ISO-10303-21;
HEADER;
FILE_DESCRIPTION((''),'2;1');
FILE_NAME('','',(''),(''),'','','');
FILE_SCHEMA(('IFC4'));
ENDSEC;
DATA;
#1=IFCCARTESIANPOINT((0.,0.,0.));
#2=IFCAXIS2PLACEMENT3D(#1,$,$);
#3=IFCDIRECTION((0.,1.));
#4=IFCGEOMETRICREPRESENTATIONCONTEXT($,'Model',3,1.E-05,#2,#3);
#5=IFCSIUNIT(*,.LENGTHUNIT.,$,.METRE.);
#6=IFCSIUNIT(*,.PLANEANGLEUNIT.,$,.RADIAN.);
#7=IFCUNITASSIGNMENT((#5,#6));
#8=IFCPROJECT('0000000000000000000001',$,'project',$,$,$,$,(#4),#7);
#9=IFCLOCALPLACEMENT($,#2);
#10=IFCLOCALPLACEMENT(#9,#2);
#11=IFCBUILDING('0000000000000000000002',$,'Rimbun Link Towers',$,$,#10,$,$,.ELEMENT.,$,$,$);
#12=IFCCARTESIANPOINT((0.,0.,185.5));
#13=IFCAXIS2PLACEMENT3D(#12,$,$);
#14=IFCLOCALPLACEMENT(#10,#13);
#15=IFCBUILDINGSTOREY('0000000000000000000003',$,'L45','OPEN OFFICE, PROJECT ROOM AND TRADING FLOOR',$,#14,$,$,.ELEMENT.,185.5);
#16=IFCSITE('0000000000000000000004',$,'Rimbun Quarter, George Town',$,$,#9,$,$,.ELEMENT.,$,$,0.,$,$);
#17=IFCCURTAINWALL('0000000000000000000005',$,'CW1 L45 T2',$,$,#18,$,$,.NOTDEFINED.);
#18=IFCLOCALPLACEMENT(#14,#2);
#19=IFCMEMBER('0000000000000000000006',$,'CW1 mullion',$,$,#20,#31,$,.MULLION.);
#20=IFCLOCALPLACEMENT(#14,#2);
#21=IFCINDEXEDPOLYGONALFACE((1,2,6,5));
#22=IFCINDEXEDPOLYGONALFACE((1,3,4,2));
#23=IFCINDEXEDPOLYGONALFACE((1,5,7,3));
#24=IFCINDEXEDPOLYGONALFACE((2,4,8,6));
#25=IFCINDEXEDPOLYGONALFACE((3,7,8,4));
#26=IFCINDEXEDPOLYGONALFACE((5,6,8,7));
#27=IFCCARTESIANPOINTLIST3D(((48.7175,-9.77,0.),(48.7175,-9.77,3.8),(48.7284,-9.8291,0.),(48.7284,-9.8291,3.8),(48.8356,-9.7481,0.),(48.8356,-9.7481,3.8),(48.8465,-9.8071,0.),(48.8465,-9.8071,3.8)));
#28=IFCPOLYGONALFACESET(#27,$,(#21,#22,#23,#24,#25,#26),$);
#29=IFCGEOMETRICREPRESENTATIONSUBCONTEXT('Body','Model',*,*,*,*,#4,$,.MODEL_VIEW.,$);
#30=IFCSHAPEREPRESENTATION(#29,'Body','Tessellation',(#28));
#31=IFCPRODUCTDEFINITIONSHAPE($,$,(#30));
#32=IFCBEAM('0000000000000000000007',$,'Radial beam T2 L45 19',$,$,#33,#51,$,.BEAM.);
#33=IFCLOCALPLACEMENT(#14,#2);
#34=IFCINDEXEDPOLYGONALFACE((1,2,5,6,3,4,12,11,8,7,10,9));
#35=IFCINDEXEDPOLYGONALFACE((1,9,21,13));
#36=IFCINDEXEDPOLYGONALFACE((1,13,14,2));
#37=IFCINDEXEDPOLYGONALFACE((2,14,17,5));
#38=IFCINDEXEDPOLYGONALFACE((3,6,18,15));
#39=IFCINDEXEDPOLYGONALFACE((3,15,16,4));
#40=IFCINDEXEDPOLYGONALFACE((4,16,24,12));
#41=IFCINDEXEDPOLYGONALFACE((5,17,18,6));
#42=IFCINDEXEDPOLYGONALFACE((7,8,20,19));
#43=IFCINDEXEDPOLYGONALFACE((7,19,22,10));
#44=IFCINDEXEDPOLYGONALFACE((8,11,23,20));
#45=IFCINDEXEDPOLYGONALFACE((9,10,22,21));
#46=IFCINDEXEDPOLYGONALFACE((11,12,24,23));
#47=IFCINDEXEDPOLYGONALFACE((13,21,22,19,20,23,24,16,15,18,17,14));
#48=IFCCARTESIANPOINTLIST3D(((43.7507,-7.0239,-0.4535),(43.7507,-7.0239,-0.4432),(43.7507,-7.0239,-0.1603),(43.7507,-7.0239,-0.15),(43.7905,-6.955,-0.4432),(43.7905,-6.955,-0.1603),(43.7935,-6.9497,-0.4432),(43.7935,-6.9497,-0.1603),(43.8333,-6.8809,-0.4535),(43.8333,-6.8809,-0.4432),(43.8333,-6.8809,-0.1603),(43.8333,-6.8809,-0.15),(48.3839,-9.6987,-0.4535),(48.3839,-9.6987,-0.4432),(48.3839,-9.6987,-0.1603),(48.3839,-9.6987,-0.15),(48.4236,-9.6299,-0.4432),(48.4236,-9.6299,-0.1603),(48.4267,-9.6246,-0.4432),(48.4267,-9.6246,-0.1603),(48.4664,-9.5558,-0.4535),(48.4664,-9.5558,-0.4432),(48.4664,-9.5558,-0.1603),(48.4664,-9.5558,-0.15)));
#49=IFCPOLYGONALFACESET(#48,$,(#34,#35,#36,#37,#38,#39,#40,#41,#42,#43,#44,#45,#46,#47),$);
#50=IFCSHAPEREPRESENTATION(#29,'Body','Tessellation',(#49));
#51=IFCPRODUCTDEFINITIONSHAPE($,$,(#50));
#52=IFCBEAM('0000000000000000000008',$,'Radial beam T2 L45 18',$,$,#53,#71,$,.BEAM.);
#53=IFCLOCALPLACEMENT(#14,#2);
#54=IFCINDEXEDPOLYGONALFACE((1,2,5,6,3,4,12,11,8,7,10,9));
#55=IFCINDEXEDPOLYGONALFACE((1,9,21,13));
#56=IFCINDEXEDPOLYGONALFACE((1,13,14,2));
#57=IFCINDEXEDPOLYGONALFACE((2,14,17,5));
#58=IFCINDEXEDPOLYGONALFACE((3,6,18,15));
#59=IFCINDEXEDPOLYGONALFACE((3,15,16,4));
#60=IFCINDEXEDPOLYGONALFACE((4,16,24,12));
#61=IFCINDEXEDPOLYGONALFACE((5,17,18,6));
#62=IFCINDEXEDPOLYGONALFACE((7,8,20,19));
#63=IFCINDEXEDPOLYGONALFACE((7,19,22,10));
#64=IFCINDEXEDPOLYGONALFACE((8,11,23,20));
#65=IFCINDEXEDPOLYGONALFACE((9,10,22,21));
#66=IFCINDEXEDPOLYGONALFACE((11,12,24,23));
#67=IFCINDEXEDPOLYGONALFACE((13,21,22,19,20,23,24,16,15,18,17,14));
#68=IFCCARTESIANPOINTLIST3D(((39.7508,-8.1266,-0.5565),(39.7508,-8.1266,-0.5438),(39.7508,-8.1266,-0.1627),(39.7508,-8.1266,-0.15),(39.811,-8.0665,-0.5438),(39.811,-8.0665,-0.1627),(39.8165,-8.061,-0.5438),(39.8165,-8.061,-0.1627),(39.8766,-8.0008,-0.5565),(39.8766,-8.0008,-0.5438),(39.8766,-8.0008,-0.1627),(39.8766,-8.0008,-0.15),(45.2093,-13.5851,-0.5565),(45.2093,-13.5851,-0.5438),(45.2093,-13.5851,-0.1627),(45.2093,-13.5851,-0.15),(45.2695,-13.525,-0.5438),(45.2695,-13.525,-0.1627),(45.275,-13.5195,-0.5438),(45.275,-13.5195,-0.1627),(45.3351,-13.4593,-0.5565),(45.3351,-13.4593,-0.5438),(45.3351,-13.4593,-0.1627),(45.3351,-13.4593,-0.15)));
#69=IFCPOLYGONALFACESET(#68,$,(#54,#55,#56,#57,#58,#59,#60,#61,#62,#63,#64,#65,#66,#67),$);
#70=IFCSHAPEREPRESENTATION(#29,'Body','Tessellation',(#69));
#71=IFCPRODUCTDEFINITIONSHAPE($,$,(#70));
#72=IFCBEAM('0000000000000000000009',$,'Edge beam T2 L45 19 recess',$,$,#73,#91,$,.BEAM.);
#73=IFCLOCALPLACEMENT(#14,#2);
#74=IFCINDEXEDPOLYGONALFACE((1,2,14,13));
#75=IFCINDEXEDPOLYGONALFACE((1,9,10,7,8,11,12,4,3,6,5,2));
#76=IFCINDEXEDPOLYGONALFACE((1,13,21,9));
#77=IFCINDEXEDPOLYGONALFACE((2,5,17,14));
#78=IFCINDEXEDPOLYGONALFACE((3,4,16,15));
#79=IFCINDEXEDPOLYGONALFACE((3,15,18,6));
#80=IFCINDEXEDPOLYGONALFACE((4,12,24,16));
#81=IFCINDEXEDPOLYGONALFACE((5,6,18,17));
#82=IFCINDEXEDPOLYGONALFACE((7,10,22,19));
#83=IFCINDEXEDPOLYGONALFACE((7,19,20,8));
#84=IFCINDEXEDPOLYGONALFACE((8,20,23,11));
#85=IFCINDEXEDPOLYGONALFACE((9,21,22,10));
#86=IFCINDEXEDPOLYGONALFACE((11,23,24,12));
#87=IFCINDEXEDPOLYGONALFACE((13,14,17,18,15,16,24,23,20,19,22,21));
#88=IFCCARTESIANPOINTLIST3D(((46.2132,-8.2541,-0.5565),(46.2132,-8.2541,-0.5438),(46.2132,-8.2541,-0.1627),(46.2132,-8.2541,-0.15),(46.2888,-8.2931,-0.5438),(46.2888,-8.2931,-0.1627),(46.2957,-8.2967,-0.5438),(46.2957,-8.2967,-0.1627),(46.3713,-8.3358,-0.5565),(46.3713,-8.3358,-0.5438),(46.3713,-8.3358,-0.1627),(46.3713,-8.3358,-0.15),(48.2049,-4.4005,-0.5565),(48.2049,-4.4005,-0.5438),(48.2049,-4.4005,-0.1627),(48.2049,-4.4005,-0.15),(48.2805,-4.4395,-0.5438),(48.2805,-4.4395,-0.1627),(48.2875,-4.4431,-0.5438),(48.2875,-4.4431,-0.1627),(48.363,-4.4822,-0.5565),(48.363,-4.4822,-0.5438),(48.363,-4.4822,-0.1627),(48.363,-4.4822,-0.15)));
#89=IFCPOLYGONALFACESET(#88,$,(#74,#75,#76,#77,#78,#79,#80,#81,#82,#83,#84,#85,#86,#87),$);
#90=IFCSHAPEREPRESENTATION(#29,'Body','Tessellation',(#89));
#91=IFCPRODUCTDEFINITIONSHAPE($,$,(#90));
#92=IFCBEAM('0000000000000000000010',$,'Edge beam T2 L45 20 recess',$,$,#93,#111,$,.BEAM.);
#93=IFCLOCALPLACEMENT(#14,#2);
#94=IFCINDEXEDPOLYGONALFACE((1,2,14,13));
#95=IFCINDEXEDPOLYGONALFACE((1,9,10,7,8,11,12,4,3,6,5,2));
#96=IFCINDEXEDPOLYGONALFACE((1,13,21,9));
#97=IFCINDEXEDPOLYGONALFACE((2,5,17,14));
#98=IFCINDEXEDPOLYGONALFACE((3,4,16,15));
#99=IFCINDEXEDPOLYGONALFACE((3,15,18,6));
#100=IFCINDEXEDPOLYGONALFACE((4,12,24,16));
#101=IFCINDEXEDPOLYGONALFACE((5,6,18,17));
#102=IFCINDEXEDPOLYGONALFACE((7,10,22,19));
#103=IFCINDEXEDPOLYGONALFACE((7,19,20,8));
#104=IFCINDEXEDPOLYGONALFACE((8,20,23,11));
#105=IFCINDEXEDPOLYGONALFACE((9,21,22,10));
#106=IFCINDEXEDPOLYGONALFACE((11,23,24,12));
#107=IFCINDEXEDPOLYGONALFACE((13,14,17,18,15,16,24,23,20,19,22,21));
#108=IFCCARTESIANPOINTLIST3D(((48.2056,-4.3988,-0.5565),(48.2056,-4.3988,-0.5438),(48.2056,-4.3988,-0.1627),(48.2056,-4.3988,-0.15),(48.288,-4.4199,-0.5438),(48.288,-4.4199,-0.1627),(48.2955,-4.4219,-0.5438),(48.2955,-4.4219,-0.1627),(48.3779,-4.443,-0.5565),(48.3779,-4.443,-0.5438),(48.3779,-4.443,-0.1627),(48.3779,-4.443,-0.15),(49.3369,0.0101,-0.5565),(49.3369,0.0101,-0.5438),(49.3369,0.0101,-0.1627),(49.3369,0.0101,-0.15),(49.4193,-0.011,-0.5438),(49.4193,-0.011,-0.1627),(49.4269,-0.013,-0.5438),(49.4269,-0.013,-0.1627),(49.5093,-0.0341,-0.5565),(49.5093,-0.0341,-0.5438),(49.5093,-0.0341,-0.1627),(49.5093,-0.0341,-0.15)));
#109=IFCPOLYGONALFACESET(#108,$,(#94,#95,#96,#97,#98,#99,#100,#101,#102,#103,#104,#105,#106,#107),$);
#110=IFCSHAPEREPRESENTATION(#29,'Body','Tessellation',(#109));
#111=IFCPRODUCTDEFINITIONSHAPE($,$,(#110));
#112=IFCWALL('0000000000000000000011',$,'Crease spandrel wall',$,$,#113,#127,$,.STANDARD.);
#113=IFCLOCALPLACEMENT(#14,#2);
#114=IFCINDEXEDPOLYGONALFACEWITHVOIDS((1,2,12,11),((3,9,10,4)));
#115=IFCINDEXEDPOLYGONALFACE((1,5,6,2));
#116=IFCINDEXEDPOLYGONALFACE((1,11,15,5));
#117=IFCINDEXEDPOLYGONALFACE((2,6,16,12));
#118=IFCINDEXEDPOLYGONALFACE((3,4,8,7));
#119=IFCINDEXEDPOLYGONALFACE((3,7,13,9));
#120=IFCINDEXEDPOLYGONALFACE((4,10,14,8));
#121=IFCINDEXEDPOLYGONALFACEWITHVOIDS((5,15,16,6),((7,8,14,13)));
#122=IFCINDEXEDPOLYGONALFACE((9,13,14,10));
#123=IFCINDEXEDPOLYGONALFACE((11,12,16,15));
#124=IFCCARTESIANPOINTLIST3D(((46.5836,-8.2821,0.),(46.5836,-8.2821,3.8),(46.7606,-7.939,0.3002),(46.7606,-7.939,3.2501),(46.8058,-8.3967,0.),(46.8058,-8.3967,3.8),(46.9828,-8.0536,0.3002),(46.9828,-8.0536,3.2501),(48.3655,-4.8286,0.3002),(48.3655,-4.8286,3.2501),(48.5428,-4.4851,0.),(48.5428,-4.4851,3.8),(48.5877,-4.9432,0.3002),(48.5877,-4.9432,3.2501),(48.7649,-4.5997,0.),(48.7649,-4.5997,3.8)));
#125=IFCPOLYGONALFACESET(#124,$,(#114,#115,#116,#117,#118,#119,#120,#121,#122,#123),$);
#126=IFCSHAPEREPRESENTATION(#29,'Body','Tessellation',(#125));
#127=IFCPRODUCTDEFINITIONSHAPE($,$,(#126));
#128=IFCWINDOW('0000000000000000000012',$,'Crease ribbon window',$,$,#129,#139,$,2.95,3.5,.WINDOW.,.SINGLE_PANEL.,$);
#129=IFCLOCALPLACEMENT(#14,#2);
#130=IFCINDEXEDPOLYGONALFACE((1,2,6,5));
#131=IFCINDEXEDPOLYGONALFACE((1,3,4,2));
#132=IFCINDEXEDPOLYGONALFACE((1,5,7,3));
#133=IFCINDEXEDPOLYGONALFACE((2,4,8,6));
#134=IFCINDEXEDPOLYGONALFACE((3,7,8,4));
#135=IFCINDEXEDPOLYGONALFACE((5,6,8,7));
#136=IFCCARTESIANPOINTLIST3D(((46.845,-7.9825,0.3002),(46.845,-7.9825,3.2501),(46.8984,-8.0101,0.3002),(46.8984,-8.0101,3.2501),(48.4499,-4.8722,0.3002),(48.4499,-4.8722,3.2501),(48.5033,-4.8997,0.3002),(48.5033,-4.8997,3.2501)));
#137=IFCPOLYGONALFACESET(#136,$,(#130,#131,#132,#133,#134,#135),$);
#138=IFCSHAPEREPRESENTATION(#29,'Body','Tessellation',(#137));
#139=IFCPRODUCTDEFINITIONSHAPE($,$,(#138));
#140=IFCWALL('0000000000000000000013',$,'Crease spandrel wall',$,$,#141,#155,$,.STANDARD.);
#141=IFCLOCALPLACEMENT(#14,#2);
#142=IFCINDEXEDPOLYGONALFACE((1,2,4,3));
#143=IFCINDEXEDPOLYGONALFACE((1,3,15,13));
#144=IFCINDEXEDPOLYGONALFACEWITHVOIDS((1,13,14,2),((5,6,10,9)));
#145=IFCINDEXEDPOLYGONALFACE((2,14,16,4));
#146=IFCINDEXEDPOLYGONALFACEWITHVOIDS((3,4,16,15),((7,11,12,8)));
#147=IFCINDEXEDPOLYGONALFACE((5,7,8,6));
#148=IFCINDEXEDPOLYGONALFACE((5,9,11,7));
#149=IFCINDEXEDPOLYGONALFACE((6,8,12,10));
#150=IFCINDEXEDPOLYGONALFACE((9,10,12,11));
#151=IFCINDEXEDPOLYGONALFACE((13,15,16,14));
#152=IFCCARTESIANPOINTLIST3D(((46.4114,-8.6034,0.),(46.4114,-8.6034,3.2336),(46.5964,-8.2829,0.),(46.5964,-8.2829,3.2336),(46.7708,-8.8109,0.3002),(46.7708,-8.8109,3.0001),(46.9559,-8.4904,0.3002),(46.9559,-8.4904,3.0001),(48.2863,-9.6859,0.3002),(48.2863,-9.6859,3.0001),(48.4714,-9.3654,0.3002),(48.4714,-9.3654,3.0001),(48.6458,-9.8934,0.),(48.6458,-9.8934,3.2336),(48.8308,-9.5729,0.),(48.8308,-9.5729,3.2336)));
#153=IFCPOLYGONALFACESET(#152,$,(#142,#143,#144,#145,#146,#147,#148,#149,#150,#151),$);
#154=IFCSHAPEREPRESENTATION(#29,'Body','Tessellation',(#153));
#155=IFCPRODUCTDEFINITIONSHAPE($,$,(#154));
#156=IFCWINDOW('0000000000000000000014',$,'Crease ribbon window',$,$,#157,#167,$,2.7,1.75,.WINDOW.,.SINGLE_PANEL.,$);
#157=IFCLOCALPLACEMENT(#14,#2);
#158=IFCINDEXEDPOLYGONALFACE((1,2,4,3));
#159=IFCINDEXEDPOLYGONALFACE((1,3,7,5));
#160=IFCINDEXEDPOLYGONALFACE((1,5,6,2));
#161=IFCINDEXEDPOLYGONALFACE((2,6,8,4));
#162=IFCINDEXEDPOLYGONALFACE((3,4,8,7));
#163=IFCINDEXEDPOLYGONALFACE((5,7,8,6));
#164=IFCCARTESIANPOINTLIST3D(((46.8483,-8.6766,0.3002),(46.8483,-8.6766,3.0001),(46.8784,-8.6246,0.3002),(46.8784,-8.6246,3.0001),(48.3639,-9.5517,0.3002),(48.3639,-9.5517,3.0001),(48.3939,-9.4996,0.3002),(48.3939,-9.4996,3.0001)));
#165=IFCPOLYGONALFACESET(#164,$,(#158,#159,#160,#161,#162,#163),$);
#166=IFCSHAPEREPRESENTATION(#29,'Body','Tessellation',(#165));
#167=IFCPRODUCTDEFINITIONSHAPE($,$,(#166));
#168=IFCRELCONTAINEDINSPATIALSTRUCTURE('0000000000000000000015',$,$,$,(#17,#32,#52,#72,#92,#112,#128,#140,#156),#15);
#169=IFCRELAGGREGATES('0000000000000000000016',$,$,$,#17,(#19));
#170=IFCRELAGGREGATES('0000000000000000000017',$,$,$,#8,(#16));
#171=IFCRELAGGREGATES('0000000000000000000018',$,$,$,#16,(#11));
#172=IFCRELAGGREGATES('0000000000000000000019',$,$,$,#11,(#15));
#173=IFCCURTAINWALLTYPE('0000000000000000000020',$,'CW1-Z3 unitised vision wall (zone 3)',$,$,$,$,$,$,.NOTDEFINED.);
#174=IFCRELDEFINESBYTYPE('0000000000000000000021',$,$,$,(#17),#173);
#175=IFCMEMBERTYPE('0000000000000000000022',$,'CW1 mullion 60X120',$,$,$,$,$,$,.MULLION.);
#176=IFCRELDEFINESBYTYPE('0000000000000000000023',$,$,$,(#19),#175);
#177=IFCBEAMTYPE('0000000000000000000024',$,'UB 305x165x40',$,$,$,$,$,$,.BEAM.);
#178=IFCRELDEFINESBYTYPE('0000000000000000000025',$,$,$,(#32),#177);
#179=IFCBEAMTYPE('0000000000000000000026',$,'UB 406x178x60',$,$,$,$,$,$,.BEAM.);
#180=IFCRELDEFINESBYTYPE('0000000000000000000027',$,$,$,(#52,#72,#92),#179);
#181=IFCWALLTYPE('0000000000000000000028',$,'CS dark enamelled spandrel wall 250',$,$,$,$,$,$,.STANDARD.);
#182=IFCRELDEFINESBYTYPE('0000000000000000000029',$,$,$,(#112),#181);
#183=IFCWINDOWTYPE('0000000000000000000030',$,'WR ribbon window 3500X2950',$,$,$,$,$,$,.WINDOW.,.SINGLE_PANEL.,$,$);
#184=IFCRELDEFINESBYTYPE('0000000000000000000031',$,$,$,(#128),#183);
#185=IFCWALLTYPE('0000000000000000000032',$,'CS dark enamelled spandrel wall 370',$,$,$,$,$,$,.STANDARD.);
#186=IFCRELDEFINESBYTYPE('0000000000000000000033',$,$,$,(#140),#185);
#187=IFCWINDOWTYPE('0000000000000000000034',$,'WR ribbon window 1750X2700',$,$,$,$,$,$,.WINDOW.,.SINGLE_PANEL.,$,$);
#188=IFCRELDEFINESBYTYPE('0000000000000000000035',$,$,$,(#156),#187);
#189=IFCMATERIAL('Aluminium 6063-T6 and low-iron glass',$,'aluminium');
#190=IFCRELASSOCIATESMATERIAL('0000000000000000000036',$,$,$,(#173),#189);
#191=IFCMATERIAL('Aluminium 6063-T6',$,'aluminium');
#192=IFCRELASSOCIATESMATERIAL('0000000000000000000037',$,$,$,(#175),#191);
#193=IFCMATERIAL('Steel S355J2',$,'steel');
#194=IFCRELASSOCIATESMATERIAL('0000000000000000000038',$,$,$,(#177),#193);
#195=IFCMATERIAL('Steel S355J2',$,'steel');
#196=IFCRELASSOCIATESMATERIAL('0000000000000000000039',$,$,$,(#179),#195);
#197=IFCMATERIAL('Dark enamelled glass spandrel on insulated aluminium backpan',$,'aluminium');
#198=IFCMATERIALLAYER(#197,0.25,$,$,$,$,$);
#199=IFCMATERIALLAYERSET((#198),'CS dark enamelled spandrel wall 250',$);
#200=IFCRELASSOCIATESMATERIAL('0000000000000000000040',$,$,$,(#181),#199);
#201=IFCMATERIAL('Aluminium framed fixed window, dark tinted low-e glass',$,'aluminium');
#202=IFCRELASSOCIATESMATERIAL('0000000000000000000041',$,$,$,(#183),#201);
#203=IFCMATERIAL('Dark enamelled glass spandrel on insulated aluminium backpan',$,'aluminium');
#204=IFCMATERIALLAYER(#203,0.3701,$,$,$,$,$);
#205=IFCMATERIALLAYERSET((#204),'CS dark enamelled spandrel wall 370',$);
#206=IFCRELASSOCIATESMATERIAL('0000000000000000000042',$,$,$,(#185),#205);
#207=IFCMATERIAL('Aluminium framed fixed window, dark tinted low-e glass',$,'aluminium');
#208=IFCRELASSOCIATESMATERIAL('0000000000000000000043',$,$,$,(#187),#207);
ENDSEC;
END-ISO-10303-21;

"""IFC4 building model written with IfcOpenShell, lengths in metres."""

from ifc_helpers import new_model, si_unit, direction, frame, frame_2d, origin, origin_2d, place, context, subcontext, project, spatial, rectangle, i_section, extrude, material, layer, layer_set, material_profile, profile_set, type_object, element, fill, aggregate, save


model = new_model("IFC4")

# Units and contexts
model_context = context("Model", 3, precision=1e-05, world=origin(), true_north=direction((0.0, 1.0)))
body_context = subcontext(model_context, "Body", "Model", "MODEL_VIEW")
ifc_project = project(units=[si_unit("LENGTHUNIT", "METRE"), si_unit("PLANEANGLEUNIT", "RADIAN")], contexts=[model_context])

# Site, building, storey
site_placement = place(None, origin())
site = spatial("IfcSite", under=ifc_project, at=site_placement, Name="Rimbun Quarter, George Town", CompositionType="ELEMENT", RefElevation=0.0)
building_placement = place(site_placement, origin())
building = spatial("IfcBuilding", under=site, at=building_placement, Name="Rimbun Link Towers", CompositionType="ELEMENT")
storey_placement = place(building_placement, frame((0.0, 0.0, 185.5)))
storey = spatial("IfcBuildingStorey", under=building, at=storey_placement, Name="L45", Description="OPEN OFFICE, PROJECT ROOM AND TRADING FLOOR", CompositionType="ELEMENT", Elevation=185.5)

# Curtain wall, member
ifc_material_1 = material(Name="Aluminium 6063-T6 and low-iron glass", Category="aluminium")
curtain_wall_type = type_object("IfcCurtainWallType", Name="CW1-Z3 unitised vision wall (zone 3)", PredefinedType="NOTDEFINED", material=ifc_material_1)
curtain_wall_placement = place(storey_placement, origin())
curtain_wall = element("IfcCurtainWall", 1, at=curtain_wall_placement, inside=storey, type_object=curtain_wall_type, Name="CW1 L45 T2", PredefinedType="NOTDEFINED")
ifc_material_2 = material(Name="Aluminium 6063-T6", Category="aluminium")
ifc_material_profile_1 = material_profile(ifc_material_2, rectangle(XDim=0.1201, YDim=0.0601, at=origin_2d()), Name="MULLION 60X120")
ifc_profile_set_1 = profile_set([ifc_material_profile_1], Name="Aluminium 6063-T6")
member_type = type_object("IfcMemberType", Name="CW1 mullion 60X120", PredefinedType="MULLION", material=ifc_profile_set_1)
member_placement = place(storey_placement, frame((48.782, -9.7886, 0.0), z_axis=(0.0, 0.0, 1.0), x_axis=(0.983236, 0.182339, 0.0)))
member = element("IfcMember", 2, at=member_placement, type_object=member_type, Name="CW1 mullion", PredefinedType="MULLION", context=body_context, shape_type="SweptSolid", body=[
    extrude(rectangle(XDim=0.1201, YDim=0.0601, at=origin_2d()), origin(), (0.0, 0.0, 1.0), 3.8),
])
aggregate(curtain_wall, [member])

# Beams
ifc_material_3 = material(Name="Steel S355J2", Category="steel")
ifc_material_profile_2 = material_profile(ifc_material_3, i_section(OverallWidth=0.165, OverallDepth=0.3035, WebThickness=0.0061, FlangeThickness=0.0103, at=origin_2d()), Name="UB 305x165x40")
ifc_profile_set_2 = profile_set([ifc_material_profile_2], Name="Steel S355J2")
beam_type_1 = type_object("IfcBeamType", Name="UB 305x165x40", PredefinedType="BEAM", material=ifc_profile_set_2)
beam_1_placement = place(storey_placement, frame((43.792, -6.9524, -0.3018), z_axis=(0.866033, -0.499987, 0.0), x_axis=(0.499987, 0.866033, 0.0)))
element("IfcBeam", 3, at=beam_1_placement, inside=storey, type_object=beam_type_1, Name="Radial beam T2 L45 19", PredefinedType="BEAM", context=body_context, shape_type="SweptSolid", body=[
    extrude(i_section(OverallWidth=0.165, OverallDepth=0.3035, WebThickness=0.0061, FlangeThickness=0.0103, at=origin_2d()), origin(), (0.0, 0.0, 1.0), 5.3499),
])
ifc_material_4 = material(Name="Steel S355J2", Category="steel")
ifc_material_profile_3 = material_profile(ifc_material_4, i_section(OverallWidth=0.178, OverallDepth=0.4065, WebThickness=0.0078, FlangeThickness=0.0127, at=origin_2d()), Name="UB 406x178x60")
ifc_profile_set_3 = profile_set([ifc_material_profile_3], Name="Steel S355J2")
beam_type_2 = type_object("IfcBeamType", Name="UB 406x178x60", PredefinedType="BEAM", material=ifc_profile_set_3)
beam_2_placement = place(storey_placement, frame((39.8137, -8.0637, -0.3533), z_axis=(0.707107, -0.707107, 0.0), x_axis=(0.707107, 0.707107, 0.0)))
element("IfcBeam", 4, at=beam_2_placement, inside=storey, type_object=beam_type_2, Name="Radial beam T2 L45 18", PredefinedType="BEAM", context=body_context, shape_type="SweptSolid", body=[
    extrude(i_section(OverallWidth=0.178, OverallDepth=0.4065, WebThickness=0.0078, FlangeThickness=0.0127, at=origin_2d()), origin(), (0.0, 0.0, 1.0), 7.7195),
])
beam_3_placement = place(storey_placement, frame((46.2922, -8.2949, -0.3533), z_axis=(0.45915, 0.888359, 0.0), x_axis=(-0.888359, 0.45915, 0.0)))
element("IfcBeam", 5, at=beam_3_placement, inside=storey, type_object=beam_type_2, Name="Edge beam T2 L45 19 recess", PredefinedType="BEAM", context=body_context, shape_type="SweptSolid", body=[
    extrude(i_section(OverallWidth=0.178, OverallDepth=0.4065, WebThickness=0.0078, FlangeThickness=0.0127, at=origin_2d()), origin(), (0.0, 0.0, 1.0), 4.3379),
])
beam_4_placement = place(storey_placement, frame((48.2917, -4.4209, -0.3533), z_axis=(0.248551, 0.968619, 0.0), x_axis=(-0.968619, 0.248551, 0.0)))
element("IfcBeam", 6, at=beam_4_placement, inside=storey, type_object=beam_type_2, Name="Edge beam T2 L45 20 recess", PredefinedType="BEAM", context=body_context, shape_type="SweptSolid", body=[
    extrude(i_section(OverallWidth=0.178, OverallDepth=0.4065, WebThickness=0.0078, FlangeThickness=0.0127, at=origin_2d()), origin(), (0.0, 0.0, 1.0), 4.5518),
])

# Walls, openings, windows
ifc_material_5 = material(Name="Dark enamelled glass spandrel on insulated aluminium backpan", Category="aluminium")
ifc_layer_1 = layer(ifc_material_5, 0.25)
ifc_layer_set_1 = layer_set([ifc_layer_1], Name="CS dark enamelled spandrel wall 250")
wall_type_1 = type_object("IfcWallType", Name="CS dark enamelled spandrel wall 250", PredefinedType="STANDARD", material=ifc_layer_set_1)
wall_1_placement = place(storey_placement, frame((48.6538, -4.5425, 0.0), z_axis=(0.0, 0.0, 1.0), x_axis=(-0.458537, -0.888675, 0.0)))
wall_1 = element("IfcWall", 7, at=wall_1_placement, inside=storey, type_object=wall_type_1, Name="Crease spandrel wall", PredefinedType="STANDARD", context=body_context, shape_type="SweptSolid", body=[
    extrude(rectangle(XDim=4.2727, YDim=0.25, at=frame_2d((2.1362, 0.0))), origin(), (0.0, 0.0, 1.0), 3.8),
])
opening_1_placement = place(wall_1_placement, frame((0.3865, 0.0, 0.3)))
opening_1 = element("IfcOpeningElement", 8, at=opening_1_placement, cuts=wall_1, PredefinedType="OPENING", context=body_context, shape_type="SweptSolid", body=[
    extrude(rectangle(XDim=3.5, YDim=2.95, at=frame_2d((1.75, 1.4751))), frame((0.0, 0.135, 0.0), z_axis=(0.0, -1.0, 0.0), x_axis=(1.0, 0.0, 0.0)), (0.0, 0.0, 1.0), 0.27),
])
ifc_material_6 = material(Name="Aluminium framed fixed window, dark tinted low-e glass", Category="aluminium")
window_type_1 = type_object("IfcWindowType", Name="WR ribbon window 3500X2950", PartitioningType="SINGLE_PANEL", PredefinedType="WINDOW", material=ifc_material_6)
window_1_placement = place(opening_1_placement, origin())
window_1 = element("IfcWindow", 9, at=window_1_placement, inside=storey, type_object=window_type_1, Name="Crease ribbon window", OverallHeight=2.95, OverallWidth=3.5, PartitioningType="SINGLE_PANEL", PredefinedType="WINDOW", context=body_context, shape_type="SweptSolid", body=[
    extrude(rectangle(XDim=3.5, YDim=2.95, at=frame_2d((1.75, 1.4751))), frame((0.0, 0.03, 0.0), z_axis=(0.0, -1.0, 0.0), x_axis=(1.0, 0.0, 0.0)), (0.0, 0.0, 1.0), 0.0601),
])
fill(opening_1, window_1)
ifc_material_7 = material(Name="Dark enamelled glass spandrel on insulated aluminium backpan", Category="aluminium")
ifc_layer_2 = layer(ifc_material_7, 0.3701)
ifc_layer_set_2 = layer_set([ifc_layer_2], Name="CS dark enamelled spandrel wall 370")
wall_type_2 = type_object("IfcWallType", Name="CS dark enamelled spandrel wall 370", PredefinedType="STANDARD", material=ifc_layer_set_2)
wall_2_placement = place(storey_placement, frame((46.5039, -8.4431, 0.0), z_axis=(0.0, 0.0, 1.0), x_axis=(0.866022, -0.500006, 0.0)))
wall_2 = element("IfcWall", 10, at=wall_2_placement, inside=storey, type_object=wall_type_2, Name="Crease spandrel wall", PredefinedType="STANDARD", context=body_context, shape_type="SweptSolid", body=[
    extrude(rectangle(XDim=2.5801, YDim=0.3701, at=frame_2d((1.29, 0.0))), origin(), (0.0, 0.0, 1.0), 3.2336),
])
opening_2_placement = place(wall_2_placement, frame((0.415, 0.0, 0.3)))
opening_2 = element("IfcOpeningElement", 11, at=opening_2_placement, cuts=wall_2, PredefinedType="OPENING", context=body_context, shape_type="SweptSolid", body=[
    extrude(rectangle(XDim=1.75, YDim=2.7, at=frame_2d((0.875, 1.3501))), frame((0.0, 0.1951, 0.0), z_axis=(0.0, -1.0, 0.0), x_axis=(1.0, 0.0, 0.0)), (0.0, 0.0, 1.0), 0.3901),
])
ifc_material_8 = material(Name="Aluminium framed fixed window, dark tinted low-e glass", Category="aluminium")
window_type_2 = type_object("IfcWindowType", Name="WR ribbon window 1750X2700", PartitioningType="SINGLE_PANEL", PredefinedType="WINDOW", material=ifc_material_8)
window_2_placement = place(opening_2_placement, origin())
window_2 = element("IfcWindow", 12, at=window_2_placement, inside=storey, type_object=window_type_2, Name="Crease ribbon window", OverallHeight=2.7, OverallWidth=1.75, PartitioningType="SINGLE_PANEL", PredefinedType="WINDOW", context=body_context, shape_type="SweptSolid", body=[
    extrude(rectangle(XDim=1.75, YDim=2.7, at=frame_2d((0.875, 1.3501))), frame((0.0, 0.03, 0.0), z_axis=(0.0, -1.0, 0.0), x_axis=(1.0, 0.0, 0.0)), (0.0, 0.0, 1.0), 0.0601),
])
fill(opening_2, window_2)

save(model, "model.ifc")
